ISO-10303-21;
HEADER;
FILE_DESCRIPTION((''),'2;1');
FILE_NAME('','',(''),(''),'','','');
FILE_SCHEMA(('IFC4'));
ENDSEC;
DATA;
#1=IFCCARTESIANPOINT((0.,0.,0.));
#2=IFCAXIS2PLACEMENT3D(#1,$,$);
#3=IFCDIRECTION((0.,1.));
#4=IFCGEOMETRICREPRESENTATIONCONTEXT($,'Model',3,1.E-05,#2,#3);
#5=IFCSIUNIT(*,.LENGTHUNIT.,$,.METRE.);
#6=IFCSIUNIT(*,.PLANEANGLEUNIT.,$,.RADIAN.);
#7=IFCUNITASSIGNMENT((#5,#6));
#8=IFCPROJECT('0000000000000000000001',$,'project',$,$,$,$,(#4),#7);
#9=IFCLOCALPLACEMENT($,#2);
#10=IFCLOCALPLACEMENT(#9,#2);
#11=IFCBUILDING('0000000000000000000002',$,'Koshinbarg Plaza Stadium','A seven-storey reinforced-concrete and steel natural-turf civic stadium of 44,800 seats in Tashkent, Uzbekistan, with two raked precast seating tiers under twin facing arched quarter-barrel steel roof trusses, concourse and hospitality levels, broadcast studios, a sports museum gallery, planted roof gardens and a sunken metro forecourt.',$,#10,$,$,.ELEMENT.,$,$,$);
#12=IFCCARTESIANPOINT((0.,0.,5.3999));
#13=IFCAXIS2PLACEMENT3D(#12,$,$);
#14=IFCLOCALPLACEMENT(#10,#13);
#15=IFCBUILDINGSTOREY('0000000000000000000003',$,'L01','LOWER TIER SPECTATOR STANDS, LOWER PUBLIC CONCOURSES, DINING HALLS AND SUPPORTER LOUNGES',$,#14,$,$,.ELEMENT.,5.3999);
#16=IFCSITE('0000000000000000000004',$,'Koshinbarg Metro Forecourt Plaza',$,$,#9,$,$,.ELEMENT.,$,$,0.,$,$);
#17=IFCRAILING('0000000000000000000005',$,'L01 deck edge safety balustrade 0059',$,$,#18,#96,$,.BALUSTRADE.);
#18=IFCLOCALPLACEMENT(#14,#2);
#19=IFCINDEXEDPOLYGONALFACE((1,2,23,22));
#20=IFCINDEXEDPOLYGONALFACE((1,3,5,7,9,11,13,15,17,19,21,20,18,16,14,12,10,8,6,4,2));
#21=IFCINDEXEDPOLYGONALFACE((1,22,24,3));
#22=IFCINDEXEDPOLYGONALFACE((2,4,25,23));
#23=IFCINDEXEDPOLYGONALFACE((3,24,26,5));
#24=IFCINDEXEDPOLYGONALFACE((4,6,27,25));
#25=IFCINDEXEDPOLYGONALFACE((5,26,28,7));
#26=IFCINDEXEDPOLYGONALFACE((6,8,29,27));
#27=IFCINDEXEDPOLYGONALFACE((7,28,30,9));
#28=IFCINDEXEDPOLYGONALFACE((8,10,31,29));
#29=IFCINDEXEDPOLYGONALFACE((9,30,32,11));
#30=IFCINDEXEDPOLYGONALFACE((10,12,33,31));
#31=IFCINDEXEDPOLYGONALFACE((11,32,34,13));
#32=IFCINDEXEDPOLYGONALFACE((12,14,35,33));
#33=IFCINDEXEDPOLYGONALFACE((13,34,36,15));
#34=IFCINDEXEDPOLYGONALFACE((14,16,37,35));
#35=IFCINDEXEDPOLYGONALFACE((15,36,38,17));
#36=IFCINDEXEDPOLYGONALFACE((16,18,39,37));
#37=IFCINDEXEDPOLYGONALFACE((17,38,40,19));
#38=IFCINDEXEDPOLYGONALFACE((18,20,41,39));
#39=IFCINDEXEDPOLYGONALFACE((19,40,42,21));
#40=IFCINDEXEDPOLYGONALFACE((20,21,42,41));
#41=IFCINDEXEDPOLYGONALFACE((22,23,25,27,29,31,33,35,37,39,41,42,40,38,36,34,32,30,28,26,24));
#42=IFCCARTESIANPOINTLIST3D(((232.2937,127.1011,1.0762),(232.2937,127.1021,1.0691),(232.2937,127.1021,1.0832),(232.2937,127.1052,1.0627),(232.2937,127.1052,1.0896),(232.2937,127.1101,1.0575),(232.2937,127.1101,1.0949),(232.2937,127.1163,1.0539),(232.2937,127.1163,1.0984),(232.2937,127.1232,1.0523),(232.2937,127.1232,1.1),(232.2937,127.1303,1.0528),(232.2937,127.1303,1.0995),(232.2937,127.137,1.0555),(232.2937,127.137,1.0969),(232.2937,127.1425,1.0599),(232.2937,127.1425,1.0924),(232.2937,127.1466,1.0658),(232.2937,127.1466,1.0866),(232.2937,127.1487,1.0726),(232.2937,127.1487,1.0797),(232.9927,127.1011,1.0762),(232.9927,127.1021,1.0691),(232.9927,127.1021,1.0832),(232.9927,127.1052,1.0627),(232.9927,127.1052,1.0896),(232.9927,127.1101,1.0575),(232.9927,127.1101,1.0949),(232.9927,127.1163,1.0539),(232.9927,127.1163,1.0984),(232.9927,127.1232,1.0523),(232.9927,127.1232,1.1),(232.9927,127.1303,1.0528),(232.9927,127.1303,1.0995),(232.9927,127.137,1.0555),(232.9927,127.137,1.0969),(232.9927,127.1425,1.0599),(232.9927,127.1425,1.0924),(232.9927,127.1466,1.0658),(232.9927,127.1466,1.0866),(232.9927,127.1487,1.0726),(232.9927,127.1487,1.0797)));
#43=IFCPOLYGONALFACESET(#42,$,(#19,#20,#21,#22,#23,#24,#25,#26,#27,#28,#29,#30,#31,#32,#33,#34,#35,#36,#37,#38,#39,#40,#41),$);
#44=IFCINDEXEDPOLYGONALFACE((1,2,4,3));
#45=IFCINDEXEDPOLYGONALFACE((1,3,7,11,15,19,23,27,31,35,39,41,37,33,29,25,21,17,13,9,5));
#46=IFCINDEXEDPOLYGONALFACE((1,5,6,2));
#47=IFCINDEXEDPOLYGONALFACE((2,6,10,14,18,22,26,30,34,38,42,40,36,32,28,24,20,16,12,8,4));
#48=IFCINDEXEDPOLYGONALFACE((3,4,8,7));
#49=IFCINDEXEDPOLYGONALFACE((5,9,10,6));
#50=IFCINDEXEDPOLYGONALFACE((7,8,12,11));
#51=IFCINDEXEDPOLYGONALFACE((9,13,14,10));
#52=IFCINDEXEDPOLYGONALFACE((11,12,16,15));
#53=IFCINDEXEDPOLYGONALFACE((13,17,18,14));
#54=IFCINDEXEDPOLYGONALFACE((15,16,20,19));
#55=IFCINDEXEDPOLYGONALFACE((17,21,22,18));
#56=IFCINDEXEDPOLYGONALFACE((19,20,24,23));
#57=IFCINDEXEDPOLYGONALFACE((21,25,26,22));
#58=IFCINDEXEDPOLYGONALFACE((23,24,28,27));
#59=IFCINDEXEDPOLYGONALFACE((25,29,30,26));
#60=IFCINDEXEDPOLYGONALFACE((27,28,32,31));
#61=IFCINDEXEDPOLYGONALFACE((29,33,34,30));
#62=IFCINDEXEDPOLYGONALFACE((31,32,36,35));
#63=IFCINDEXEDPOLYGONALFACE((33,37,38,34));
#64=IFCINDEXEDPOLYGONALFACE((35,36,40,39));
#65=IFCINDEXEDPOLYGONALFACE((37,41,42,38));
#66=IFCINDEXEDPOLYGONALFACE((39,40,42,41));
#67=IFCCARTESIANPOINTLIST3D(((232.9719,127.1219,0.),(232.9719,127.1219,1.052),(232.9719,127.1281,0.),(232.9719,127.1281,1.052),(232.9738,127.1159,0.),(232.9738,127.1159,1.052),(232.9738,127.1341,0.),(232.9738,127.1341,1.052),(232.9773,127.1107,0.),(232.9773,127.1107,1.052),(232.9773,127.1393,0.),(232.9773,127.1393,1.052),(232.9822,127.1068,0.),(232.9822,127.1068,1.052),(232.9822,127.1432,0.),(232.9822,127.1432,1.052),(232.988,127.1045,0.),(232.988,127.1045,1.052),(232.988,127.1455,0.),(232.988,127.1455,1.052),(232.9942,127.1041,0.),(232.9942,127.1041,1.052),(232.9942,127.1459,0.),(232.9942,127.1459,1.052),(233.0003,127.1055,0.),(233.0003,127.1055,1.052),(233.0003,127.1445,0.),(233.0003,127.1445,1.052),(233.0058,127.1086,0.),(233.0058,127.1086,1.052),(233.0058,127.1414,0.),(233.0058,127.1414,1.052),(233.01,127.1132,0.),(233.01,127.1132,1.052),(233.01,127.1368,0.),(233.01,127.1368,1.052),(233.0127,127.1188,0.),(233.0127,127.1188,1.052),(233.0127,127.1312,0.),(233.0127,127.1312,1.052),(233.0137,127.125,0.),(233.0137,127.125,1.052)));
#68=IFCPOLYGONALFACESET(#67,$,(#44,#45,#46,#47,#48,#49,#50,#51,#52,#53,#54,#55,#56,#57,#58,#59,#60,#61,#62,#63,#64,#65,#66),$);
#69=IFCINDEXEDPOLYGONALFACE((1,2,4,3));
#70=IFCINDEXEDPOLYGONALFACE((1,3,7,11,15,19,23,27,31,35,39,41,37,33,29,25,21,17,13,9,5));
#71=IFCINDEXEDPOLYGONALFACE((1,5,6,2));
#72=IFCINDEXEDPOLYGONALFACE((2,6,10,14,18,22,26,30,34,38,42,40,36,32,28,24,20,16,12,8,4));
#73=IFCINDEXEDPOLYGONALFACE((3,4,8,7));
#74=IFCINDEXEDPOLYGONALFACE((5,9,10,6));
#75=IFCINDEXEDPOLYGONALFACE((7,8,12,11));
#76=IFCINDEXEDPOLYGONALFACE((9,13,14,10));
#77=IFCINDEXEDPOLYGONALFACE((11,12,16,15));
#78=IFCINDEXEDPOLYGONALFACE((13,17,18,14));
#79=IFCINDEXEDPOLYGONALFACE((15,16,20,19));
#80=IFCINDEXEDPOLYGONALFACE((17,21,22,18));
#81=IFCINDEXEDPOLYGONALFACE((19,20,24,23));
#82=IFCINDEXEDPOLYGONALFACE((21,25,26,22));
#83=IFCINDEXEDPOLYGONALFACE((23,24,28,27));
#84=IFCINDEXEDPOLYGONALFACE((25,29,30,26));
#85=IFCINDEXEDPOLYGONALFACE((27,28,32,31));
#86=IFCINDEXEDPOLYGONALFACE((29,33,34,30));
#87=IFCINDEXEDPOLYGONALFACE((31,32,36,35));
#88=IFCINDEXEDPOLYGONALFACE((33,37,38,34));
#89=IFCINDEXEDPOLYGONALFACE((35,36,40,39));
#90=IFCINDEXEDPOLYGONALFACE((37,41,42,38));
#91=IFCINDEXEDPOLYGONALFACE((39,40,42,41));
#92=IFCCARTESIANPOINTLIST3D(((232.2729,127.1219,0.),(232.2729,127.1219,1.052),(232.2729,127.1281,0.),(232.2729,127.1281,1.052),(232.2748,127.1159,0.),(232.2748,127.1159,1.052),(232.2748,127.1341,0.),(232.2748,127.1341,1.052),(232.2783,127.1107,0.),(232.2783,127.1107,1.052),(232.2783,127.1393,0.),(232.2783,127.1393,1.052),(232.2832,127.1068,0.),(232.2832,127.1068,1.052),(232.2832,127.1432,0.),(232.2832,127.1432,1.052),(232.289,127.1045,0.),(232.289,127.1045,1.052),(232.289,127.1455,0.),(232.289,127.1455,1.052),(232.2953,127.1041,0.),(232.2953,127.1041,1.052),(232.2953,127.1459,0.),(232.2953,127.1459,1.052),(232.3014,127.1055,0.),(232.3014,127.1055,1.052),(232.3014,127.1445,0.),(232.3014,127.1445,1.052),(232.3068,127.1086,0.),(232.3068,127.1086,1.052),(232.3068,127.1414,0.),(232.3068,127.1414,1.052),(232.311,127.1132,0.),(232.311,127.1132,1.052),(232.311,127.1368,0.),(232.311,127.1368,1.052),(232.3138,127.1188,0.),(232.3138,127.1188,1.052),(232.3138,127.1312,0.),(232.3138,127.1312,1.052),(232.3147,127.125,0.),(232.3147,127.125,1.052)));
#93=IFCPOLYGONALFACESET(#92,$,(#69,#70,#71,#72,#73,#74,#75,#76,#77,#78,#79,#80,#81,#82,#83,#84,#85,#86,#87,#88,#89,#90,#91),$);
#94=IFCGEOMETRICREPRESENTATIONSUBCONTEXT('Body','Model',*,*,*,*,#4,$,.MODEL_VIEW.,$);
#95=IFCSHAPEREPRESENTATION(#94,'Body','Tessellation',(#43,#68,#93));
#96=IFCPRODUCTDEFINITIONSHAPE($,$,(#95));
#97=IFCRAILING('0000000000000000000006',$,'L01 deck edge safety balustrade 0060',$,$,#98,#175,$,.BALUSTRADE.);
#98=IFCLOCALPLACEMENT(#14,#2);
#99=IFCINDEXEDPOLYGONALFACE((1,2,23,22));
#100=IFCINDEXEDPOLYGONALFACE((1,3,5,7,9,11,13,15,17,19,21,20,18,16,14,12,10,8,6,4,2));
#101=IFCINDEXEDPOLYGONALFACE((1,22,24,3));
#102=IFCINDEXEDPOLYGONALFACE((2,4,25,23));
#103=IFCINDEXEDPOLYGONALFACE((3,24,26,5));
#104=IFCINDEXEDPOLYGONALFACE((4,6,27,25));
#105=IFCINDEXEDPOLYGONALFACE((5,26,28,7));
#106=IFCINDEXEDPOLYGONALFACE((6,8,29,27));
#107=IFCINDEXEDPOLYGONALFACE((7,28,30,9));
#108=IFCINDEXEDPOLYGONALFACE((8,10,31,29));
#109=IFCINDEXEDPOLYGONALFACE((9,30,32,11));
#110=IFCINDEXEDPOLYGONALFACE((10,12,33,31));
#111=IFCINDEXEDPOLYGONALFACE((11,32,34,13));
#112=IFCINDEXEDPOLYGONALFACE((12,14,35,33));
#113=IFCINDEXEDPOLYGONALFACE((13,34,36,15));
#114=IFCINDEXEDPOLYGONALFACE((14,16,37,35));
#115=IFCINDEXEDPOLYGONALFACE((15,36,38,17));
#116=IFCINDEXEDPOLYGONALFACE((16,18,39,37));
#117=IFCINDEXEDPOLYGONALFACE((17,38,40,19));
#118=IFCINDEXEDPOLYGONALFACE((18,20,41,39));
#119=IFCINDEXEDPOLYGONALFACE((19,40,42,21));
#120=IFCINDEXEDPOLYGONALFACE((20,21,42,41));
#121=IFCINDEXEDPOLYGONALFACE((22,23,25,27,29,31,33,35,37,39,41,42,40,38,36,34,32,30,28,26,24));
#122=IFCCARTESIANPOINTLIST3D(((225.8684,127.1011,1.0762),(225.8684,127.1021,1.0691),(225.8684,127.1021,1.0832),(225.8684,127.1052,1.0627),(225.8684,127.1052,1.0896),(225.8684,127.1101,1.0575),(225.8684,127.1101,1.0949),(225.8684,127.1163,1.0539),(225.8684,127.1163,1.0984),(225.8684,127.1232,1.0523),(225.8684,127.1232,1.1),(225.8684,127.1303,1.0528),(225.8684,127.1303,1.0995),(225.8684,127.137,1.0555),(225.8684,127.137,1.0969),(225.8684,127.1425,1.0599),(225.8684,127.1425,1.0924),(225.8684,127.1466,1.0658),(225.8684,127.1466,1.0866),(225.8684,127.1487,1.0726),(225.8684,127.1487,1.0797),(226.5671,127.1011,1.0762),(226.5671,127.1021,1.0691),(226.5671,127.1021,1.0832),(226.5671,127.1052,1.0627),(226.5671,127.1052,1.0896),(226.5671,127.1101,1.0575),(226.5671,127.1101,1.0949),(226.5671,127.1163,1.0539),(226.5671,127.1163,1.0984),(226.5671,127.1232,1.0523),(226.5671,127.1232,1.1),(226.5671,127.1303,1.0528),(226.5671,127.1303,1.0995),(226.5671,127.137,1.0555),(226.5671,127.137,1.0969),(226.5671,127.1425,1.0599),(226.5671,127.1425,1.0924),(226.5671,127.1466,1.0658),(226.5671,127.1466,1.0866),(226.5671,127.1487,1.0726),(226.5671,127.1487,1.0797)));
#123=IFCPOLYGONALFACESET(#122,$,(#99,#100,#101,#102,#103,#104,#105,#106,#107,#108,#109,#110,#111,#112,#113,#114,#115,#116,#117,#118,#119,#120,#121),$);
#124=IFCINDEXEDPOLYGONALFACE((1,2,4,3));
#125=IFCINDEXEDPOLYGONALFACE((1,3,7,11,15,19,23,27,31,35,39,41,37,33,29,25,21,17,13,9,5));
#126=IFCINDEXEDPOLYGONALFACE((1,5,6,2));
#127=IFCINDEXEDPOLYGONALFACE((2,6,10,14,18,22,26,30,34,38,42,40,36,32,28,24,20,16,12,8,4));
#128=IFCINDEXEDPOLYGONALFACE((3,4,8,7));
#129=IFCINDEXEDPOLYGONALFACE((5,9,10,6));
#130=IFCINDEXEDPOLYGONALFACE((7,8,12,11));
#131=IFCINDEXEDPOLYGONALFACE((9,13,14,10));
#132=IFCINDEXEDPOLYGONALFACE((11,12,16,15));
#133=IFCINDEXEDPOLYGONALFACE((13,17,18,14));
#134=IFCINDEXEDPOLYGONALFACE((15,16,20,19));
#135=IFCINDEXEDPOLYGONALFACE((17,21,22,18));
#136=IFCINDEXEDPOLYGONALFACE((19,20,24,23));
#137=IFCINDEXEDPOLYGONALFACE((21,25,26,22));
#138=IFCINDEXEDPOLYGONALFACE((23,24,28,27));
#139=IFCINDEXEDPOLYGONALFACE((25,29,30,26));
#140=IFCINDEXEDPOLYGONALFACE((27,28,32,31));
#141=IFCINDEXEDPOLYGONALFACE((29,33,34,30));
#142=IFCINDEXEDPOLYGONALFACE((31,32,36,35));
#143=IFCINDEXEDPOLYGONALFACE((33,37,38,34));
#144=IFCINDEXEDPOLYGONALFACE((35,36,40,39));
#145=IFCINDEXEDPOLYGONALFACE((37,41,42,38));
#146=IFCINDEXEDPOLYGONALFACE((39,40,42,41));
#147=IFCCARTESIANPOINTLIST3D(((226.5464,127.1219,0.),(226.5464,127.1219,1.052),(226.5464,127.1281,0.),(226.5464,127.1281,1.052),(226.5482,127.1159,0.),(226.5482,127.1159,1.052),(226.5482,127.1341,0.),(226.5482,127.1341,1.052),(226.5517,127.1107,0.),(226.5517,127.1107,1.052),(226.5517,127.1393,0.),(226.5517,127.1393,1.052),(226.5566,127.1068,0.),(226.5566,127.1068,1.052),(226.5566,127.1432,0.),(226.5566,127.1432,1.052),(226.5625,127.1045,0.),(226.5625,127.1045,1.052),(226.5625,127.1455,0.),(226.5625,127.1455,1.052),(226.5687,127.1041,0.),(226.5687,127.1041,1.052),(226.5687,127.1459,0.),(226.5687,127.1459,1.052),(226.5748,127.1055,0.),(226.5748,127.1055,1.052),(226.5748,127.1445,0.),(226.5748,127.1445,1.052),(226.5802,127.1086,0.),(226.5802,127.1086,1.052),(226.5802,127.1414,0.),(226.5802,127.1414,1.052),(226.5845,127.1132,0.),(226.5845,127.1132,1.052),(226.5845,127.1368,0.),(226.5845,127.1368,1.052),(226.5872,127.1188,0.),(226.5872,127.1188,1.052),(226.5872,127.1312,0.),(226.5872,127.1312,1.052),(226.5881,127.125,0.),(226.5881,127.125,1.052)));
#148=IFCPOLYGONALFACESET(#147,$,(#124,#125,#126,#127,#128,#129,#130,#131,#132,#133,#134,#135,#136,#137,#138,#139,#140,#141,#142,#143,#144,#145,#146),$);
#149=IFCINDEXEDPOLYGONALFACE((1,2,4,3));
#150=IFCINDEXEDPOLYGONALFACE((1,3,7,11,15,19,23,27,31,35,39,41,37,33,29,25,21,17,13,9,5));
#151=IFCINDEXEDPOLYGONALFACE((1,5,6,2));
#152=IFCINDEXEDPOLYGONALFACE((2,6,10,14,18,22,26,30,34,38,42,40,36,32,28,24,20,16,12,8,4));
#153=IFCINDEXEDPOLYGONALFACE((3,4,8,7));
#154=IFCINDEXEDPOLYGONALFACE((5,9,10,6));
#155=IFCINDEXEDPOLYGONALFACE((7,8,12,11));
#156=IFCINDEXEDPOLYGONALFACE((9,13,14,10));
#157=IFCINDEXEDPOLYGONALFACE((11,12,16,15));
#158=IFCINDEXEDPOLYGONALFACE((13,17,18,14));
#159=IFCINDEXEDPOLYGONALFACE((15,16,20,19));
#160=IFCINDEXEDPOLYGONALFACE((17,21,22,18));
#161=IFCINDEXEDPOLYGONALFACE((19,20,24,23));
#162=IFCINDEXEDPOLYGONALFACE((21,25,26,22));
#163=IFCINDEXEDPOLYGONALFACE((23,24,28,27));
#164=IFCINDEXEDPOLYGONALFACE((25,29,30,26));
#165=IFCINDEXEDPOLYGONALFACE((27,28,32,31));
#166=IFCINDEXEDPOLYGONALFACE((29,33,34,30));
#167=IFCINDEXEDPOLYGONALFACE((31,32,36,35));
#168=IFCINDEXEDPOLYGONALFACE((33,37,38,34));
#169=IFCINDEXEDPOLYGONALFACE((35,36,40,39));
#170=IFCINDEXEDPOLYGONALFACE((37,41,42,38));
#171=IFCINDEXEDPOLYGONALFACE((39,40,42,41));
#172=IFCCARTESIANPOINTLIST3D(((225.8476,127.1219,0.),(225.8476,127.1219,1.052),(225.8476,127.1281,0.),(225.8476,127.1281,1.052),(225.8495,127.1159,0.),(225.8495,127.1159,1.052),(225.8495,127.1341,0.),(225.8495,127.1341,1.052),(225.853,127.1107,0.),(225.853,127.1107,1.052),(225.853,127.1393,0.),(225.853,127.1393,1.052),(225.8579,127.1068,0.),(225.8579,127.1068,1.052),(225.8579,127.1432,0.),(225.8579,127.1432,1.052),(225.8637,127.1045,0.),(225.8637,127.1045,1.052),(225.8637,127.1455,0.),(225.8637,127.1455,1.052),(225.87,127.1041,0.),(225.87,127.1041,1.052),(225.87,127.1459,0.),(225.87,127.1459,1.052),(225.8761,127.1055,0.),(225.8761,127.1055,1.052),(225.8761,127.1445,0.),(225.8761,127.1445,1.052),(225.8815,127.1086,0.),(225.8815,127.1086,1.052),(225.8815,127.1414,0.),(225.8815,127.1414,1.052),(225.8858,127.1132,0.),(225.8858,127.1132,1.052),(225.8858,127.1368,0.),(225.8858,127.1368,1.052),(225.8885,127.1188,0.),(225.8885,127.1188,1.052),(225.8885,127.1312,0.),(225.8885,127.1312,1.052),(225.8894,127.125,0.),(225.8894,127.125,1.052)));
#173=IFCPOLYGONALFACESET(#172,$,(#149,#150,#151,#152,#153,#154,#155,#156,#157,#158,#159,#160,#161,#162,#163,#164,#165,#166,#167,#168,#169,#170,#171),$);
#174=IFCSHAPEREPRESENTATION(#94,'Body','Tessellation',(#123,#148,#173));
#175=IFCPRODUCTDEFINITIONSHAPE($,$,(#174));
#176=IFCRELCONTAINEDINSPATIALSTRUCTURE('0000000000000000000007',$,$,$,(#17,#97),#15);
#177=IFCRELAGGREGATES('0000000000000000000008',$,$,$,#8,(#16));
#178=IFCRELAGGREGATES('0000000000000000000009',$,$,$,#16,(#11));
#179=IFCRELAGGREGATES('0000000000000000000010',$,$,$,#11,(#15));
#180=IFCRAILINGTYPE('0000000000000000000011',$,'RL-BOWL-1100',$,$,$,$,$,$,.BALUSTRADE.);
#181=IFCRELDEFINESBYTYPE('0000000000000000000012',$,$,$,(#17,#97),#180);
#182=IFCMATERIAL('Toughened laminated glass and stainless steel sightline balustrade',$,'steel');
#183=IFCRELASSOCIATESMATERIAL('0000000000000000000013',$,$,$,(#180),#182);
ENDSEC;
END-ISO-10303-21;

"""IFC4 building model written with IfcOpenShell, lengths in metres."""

from ifc_helpers import new_model, si_unit, direction, frame, origin, origin_2d, place, context, subcontext, project, spatial, circle, extrude, material, type_object, element, save


model = new_model("IFC4")

# Units and contexts
model_context = context("Model", 3, precision=1e-05, world=origin(), true_north=direction((0.0, 1.0)))
body_context = subcontext(model_context, "Body", "Model", "MODEL_VIEW")
ifc_project = project(units=[si_unit("LENGTHUNIT", "METRE"), si_unit("PLANEANGLEUNIT", "RADIAN")], contexts=[model_context])

# Site, building, storey
site_placement = place(None, origin())
site = spatial("IfcSite", under=ifc_project, at=site_placement, Name="Koshinbarg Metro Forecourt Plaza", CompositionType="ELEMENT", RefElevation=0.0)
building_placement = place(site_placement, origin())
building = spatial("IfcBuilding", under=site, at=building_placement, Name="Koshinbarg Plaza Stadium", Description="A seven-storey reinforced-concrete and steel natural-turf civic stadium of 44,800 seats in Tashkent, Uzbekistan, with two raked precast seating tiers under twin facing arched quarter-barrel steel roof trusses, concourse and hospitality levels, broadcast studios, a sports museum gallery, planted roof gardens and a sunken metro forecourt.", CompositionType="ELEMENT")
storey_placement = place(building_placement, frame((0.0, 0.0, 5.3999)))
storey = spatial("IfcBuildingStorey", under=building, at=storey_placement, Name="L01", Description="LOWER TIER SPECTATOR STANDS, LOWER PUBLIC CONCOURSES, DINING HALLS AND SUPPORTER LOUNGES", CompositionType="ELEMENT", Elevation=5.3999)

# Railings
ifc_material_1 = material(Name="Toughened laminated glass and stainless steel sightline balustrade", Category="steel")
railing_type = type_object("IfcRailingType", Name="RL-BOWL-1100", PredefinedType="BALUSTRADE", material=ifc_material_1)
railing_1_placement = place(storey_placement, frame((232.9927, 127.125, 0.0)))
element("IfcRailing", 1, at=railing_1_placement, inside=storey, type_object=railing_type, Name="L01 deck edge safety balustrade 0059", PredefinedType="BALUSTRADE", context=body_context, shape_type="SweptSolid", body=[
    extrude(circle(Radius=0.0239, at=origin_2d()), frame((0.0, 0.0, 1.0762), z_axis=(-1.0, 0.0, 0.0), x_axis=(0.0, -1.0, 0.0)), (0.0, 0.0, 1.0), 0.699),
    extrude(circle(Radius=0.021, at=origin_2d()), origin(), (0.0, 0.0, 1.0), 1.052),
    extrude(circle(Radius=0.021, at=origin_2d()), frame((-0.699, 0.0, 0.0)), (0.0, 0.0, 1.0), 1.052),
])
railing_2_placement = place(storey_placement, frame((226.5671, 127.125, 0.0)))
element("IfcRailing", 2, at=railing_2_placement, inside=storey, type_object=railing_type, Name="L01 deck edge safety balustrade 0060", PredefinedType="BALUSTRADE", context=body_context, shape_type="SweptSolid", body=[
    extrude(circle(Radius=0.0239, at=origin_2d()), frame((0.0, 0.0, 1.0762), z_axis=(-1.0, 0.0, 0.0), x_axis=(0.0, -1.0, 0.0)), (0.0, 0.0, 1.0), 0.6987),
    extrude(circle(Radius=0.021, at=origin_2d()), origin(), (0.0, 0.0, 1.0), 1.052),
    extrude(circle(Radius=0.021, at=origin_2d()), frame((-0.6987, 0.0, 0.0)), (0.0, 0.0, 1.0), 1.052),
])

save(model, "model.ifc")
